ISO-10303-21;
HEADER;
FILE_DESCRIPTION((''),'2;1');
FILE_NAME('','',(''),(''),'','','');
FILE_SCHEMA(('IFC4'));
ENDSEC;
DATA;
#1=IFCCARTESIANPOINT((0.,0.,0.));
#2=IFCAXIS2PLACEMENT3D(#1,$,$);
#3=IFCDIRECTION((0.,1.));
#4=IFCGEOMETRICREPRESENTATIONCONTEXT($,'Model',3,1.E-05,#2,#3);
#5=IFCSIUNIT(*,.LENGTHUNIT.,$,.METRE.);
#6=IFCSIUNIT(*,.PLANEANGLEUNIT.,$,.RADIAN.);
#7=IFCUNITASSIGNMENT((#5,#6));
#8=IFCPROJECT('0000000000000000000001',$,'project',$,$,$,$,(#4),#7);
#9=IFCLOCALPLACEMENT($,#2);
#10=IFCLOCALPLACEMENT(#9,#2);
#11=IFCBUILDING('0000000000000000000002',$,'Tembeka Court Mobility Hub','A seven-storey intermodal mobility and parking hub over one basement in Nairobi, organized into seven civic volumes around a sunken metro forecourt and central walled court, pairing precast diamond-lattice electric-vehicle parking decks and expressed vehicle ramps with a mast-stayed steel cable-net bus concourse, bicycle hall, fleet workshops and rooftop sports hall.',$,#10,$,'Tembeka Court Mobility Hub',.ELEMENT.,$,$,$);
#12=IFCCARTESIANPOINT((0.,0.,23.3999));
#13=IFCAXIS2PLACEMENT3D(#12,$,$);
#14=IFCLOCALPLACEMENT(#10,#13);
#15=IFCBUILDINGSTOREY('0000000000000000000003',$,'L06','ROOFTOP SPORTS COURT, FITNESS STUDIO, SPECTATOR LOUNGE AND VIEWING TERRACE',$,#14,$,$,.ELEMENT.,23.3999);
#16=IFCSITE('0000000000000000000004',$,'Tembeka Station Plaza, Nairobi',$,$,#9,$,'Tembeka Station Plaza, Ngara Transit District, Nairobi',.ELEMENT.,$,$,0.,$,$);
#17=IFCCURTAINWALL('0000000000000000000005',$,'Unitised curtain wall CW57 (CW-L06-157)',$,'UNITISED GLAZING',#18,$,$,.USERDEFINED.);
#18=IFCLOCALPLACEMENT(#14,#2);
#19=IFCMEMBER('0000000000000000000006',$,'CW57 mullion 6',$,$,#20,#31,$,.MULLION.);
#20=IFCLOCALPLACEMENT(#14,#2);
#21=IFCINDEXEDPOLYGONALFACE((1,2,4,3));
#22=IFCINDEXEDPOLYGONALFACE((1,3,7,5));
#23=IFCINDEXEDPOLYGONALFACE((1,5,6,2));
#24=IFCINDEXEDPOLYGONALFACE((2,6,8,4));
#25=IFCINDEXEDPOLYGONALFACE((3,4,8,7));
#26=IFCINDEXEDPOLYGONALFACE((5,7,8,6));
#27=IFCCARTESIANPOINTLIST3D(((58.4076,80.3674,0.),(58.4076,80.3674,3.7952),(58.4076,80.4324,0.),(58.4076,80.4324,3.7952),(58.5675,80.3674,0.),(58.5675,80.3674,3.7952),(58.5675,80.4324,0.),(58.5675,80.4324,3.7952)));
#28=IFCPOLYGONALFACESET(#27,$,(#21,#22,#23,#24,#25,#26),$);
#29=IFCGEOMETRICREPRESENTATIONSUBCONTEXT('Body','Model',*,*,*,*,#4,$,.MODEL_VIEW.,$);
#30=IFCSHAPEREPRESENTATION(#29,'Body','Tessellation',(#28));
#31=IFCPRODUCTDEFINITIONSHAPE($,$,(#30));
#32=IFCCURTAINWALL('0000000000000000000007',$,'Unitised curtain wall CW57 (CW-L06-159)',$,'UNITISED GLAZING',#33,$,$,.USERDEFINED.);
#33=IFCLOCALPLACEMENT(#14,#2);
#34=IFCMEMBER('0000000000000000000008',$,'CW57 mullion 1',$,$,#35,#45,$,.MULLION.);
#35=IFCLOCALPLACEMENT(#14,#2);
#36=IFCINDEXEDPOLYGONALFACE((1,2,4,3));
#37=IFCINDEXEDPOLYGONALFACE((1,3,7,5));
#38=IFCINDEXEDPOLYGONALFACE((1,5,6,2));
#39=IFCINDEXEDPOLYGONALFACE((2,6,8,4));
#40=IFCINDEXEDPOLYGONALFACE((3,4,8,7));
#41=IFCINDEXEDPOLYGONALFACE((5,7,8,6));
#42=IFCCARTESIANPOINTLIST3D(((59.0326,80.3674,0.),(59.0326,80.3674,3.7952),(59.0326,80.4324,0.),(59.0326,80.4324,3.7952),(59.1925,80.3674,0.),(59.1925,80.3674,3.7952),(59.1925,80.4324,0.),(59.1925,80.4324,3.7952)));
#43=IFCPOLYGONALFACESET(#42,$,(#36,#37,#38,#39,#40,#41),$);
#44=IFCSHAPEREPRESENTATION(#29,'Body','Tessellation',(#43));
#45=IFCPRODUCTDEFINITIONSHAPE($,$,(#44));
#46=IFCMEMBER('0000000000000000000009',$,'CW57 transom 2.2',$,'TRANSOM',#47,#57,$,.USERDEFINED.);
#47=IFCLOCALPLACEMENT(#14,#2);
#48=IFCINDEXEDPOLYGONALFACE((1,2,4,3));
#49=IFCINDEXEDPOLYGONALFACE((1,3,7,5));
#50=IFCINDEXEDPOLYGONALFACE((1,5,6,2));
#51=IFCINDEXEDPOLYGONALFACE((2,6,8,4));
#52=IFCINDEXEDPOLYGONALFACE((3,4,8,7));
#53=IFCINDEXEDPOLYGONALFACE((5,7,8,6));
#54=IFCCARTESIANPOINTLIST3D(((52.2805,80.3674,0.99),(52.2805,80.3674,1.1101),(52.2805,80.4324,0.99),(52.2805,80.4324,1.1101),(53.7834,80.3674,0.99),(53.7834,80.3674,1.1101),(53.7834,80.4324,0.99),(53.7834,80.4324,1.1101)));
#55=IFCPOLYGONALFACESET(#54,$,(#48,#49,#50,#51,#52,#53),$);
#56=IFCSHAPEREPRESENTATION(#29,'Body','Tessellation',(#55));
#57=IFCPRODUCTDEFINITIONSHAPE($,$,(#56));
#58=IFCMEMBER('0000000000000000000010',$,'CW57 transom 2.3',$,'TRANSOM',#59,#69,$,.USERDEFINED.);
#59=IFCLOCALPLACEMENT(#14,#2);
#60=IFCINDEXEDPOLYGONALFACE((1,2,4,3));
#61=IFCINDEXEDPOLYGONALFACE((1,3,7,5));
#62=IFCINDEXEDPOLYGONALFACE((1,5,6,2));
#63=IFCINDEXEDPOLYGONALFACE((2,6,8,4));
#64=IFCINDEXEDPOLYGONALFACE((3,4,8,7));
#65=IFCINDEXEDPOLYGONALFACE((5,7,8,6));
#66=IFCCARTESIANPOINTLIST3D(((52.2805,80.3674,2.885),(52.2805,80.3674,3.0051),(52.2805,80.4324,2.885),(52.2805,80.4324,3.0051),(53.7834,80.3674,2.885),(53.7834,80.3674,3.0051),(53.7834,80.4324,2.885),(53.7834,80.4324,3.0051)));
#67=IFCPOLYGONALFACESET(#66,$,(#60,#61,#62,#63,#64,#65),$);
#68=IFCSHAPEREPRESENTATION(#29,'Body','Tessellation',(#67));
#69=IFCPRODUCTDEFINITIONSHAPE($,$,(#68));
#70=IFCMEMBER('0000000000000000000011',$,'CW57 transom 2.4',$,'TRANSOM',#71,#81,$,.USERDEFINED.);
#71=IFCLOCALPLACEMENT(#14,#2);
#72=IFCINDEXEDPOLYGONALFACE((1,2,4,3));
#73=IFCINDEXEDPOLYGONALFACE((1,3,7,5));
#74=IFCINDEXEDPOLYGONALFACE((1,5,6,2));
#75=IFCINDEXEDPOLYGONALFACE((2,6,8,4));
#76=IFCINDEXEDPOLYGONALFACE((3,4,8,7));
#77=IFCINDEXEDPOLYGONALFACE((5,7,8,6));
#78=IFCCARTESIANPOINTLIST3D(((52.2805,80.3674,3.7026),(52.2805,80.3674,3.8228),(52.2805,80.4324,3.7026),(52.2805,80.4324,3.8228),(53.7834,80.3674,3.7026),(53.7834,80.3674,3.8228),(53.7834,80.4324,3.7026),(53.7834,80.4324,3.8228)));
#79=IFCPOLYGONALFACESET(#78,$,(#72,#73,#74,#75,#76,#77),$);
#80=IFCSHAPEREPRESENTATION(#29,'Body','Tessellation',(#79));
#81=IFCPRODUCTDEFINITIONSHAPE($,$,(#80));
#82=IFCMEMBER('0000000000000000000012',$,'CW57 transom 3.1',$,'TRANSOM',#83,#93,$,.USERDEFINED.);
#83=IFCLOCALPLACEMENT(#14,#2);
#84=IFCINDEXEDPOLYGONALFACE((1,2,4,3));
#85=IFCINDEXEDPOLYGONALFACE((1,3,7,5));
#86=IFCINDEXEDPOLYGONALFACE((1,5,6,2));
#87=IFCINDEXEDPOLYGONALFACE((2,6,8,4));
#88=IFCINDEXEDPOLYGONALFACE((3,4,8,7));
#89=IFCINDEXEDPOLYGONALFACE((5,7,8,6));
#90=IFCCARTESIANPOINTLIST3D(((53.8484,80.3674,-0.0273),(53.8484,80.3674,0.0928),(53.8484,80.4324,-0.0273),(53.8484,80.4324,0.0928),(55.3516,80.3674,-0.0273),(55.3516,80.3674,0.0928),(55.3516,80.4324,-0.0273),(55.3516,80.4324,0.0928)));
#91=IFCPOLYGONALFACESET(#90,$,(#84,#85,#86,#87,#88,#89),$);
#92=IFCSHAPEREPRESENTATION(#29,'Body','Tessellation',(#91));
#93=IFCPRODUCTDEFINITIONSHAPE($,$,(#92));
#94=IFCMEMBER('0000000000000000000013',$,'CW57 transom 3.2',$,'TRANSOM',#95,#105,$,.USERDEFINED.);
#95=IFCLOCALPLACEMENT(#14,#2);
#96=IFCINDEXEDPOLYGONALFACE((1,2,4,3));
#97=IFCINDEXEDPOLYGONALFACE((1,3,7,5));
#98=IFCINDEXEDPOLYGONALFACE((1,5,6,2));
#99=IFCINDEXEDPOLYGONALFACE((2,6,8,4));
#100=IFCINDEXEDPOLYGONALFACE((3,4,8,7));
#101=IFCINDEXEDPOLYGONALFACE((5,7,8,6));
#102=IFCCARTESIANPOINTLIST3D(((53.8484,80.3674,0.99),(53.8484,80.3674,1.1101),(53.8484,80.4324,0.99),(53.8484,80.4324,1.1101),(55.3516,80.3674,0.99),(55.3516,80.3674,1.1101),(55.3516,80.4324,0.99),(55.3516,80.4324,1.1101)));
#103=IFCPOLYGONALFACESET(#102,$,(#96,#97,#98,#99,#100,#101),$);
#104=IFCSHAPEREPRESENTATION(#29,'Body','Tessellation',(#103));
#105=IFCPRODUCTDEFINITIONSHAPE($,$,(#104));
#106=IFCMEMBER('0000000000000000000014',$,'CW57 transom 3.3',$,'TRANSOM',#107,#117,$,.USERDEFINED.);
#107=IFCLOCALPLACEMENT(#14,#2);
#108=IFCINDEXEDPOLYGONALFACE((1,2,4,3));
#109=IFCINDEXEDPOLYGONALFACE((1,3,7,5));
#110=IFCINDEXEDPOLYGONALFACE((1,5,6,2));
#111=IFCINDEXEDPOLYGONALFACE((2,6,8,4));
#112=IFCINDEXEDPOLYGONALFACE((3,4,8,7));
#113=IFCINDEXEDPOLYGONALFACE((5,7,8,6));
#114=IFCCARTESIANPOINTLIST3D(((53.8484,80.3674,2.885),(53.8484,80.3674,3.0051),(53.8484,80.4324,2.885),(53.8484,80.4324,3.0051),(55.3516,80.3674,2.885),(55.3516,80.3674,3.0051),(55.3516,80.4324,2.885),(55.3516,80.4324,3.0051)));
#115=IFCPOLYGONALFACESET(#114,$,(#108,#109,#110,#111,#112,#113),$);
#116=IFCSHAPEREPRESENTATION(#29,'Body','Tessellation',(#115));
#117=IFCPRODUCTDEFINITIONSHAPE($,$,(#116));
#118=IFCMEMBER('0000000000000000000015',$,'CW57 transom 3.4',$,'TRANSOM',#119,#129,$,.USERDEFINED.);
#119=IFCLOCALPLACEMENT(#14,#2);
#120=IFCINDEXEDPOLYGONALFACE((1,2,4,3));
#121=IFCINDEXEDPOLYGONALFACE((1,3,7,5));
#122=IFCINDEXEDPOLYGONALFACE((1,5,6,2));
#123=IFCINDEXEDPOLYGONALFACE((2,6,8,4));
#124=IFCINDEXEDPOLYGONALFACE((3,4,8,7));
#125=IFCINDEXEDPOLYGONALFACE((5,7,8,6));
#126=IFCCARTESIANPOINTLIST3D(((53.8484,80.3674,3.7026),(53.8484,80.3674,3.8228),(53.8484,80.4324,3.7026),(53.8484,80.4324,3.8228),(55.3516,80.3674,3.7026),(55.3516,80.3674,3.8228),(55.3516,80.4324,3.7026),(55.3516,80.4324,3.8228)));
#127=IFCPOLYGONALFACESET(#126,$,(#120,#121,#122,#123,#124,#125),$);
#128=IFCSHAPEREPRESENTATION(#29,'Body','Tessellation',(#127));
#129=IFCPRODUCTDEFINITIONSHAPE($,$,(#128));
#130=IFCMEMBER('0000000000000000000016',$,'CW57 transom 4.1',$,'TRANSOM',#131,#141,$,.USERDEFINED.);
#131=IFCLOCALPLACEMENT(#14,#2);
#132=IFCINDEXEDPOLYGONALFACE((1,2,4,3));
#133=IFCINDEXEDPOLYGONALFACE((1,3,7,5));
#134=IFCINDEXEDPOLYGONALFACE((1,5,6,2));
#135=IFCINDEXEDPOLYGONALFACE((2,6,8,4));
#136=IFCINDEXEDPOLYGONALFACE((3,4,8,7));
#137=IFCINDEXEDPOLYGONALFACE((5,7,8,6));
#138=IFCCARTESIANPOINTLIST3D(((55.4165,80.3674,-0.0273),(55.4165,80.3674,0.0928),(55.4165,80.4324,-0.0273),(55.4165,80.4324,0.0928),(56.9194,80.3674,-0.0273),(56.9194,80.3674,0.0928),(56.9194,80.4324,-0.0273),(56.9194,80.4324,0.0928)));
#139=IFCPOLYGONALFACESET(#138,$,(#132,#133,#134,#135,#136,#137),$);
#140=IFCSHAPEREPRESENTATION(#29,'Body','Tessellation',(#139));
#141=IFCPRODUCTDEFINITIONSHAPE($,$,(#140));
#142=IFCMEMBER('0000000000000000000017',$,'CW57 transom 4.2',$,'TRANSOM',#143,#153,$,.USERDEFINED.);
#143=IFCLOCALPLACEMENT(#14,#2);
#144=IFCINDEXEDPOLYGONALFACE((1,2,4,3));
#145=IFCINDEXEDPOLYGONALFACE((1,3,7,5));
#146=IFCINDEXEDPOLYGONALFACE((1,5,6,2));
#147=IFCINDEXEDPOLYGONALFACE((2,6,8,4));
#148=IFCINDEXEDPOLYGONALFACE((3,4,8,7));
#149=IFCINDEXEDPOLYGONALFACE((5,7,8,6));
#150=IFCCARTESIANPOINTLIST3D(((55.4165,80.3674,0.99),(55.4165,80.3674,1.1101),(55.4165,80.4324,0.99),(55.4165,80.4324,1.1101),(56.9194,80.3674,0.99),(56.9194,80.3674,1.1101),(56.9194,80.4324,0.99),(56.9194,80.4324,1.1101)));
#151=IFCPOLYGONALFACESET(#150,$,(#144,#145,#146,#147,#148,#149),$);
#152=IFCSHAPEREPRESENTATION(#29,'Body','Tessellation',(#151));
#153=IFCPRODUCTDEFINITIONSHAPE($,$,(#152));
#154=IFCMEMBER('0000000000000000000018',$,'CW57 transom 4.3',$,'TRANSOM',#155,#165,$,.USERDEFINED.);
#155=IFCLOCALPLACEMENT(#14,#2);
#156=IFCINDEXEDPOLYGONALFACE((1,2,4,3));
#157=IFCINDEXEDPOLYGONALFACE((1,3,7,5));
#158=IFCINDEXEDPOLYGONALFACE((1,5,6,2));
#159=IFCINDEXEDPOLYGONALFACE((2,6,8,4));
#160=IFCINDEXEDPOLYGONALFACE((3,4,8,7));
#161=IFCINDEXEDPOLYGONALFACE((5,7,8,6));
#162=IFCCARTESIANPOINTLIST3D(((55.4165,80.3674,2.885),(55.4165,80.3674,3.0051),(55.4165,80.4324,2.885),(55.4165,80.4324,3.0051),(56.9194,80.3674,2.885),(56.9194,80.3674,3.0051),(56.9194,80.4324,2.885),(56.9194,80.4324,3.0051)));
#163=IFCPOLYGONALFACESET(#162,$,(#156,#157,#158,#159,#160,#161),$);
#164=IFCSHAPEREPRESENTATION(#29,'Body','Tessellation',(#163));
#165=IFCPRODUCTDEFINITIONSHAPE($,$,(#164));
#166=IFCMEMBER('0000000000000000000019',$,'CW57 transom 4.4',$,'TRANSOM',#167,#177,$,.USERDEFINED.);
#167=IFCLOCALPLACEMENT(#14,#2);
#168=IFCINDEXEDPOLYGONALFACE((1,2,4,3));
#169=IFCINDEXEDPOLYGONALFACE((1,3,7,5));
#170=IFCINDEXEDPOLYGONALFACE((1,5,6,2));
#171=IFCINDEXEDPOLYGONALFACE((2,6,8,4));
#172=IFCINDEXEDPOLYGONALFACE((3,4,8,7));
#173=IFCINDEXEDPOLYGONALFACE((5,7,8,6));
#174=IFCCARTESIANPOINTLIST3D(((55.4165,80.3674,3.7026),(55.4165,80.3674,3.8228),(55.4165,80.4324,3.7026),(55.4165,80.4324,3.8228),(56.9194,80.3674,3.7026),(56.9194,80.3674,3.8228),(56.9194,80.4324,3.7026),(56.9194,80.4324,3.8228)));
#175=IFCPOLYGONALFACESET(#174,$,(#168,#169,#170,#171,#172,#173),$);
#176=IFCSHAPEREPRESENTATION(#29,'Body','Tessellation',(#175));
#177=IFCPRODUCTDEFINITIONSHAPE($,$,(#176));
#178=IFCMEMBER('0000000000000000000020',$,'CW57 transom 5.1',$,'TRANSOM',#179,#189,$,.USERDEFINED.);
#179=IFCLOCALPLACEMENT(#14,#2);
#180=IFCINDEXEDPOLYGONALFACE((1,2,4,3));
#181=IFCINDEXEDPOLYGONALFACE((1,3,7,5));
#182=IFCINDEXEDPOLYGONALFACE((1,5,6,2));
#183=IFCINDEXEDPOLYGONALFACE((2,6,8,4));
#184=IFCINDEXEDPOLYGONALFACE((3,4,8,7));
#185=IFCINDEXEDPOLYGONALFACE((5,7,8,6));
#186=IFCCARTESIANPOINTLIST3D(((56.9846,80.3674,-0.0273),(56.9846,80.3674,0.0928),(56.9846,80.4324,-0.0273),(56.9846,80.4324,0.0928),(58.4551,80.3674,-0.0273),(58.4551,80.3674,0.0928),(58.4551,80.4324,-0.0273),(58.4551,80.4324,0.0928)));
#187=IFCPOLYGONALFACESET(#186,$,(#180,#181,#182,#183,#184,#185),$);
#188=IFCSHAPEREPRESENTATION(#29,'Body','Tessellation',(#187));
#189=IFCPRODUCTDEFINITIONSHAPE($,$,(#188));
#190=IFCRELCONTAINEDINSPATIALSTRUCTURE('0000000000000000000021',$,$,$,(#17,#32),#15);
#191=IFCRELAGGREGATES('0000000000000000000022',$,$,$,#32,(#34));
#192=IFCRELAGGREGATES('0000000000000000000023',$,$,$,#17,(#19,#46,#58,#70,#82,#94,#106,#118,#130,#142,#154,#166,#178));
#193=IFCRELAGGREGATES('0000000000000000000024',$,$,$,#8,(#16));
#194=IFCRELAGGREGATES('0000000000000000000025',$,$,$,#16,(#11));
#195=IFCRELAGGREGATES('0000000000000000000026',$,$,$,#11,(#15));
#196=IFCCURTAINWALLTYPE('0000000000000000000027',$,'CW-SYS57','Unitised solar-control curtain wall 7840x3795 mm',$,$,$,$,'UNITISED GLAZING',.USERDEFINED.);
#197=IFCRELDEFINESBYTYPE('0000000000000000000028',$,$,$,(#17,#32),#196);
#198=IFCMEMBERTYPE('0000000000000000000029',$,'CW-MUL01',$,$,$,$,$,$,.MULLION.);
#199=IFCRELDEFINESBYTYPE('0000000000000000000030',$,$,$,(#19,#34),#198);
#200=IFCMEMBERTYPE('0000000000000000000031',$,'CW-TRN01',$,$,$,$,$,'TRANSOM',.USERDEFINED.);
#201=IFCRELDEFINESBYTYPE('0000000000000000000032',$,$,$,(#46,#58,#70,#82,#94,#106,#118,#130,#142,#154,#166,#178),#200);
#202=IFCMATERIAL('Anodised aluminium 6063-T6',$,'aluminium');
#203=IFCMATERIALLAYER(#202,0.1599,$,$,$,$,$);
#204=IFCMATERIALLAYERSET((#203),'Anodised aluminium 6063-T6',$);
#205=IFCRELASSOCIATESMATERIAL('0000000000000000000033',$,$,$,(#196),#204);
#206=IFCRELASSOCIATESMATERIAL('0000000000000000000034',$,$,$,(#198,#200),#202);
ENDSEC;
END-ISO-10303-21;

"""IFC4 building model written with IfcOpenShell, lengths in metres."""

from ifc_helpers import new_model, si_unit, direction, frame, origin, origin_2d, place, context, subcontext, project, spatial, rectangle, extrude, material, layer, layer_set, material_profile, profile_set, type_object, element, aggregate, save


model = new_model("IFC4")

# Units and contexts
model_context = context("Model", 3, precision=1e-05, world=origin(), true_north=direction((0.0, 1.0)))
body_context = subcontext(model_context, "Body", "Model", "MODEL_VIEW")
ifc_project = project(units=[si_unit("LENGTHUNIT", "METRE"), si_unit("PLANEANGLEUNIT", "RADIAN")], contexts=[model_context])

# Site, building, storey
site_placement = place(None, origin())
site = spatial("IfcSite", under=ifc_project, at=site_placement, Name="Tembeka Station Plaza, Nairobi", LongName="Tembeka Station Plaza, Ngara Transit District, Nairobi", CompositionType="ELEMENT", RefElevation=0.0)
building_placement = place(site_placement, origin())
building = spatial("IfcBuilding", under=site, at=building_placement, Name="Tembeka Court Mobility Hub", Description="A seven-storey intermodal mobility and parking hub over one basement in Nairobi, organized into seven civic volumes around a sunken metro forecourt and central walled court, pairing precast diamond-lattice electric-vehicle parking decks and expressed vehicle ramps with a mast-stayed steel cable-net bus concourse, bicycle hall, fleet workshops and rooftop sports hall.", LongName="Tembeka Court Mobility Hub", CompositionType="ELEMENT")
storey_placement = place(building_placement, frame((0.0, 0.0, 23.3999)))
storey = spatial("IfcBuildingStorey", under=building, at=storey_placement, Name="L06", Description="ROOFTOP SPORTS COURT, FITNESS STUDIO, SPECTATOR LOUNGE AND VIEWING TERRACE", CompositionType="ELEMENT", Elevation=23.3999)

# Curtain wall, member
ifc_material_1 = material(Name="Anodised aluminium 6063-T6", Category="aluminium")
ifc_layer_1 = layer(ifc_material_1, 0.1599)
ifc_layer_set_1 = layer_set([ifc_layer_1], Name="Anodised aluminium 6063-T6")
curtain_wall_type = type_object("IfcCurtainWallType", Name="CW-SYS57", Description="Unitised solar-control curtain wall 7840x3795 mm", ElementType="UNITISED GLAZING", PredefinedType="USERDEFINED", material=ifc_layer_set_1)
curtain_wall_1_placement = place(storey_placement, origin())
curtain_wall_1 = element("IfcCurtainWall", 1, at=curtain_wall_1_placement, inside=storey, type_object=curtain_wall_type, Name="Unitised curtain wall CW57 (CW-L06-157)", ObjectType="UNITISED GLAZING", PredefinedType="USERDEFINED")
ifc_material_profile_1 = material_profile(ifc_material_1, rectangle(XDim=0.0649, YDim=0.1599, at=origin_2d()), Name="ALU-MUL 65x160")
ifc_profile_set_1 = profile_set([ifc_material_profile_1], Name="Anodised aluminium 6063-T6")
member_type_1 = type_object("IfcMemberType", Name="CW-MUL01", PredefinedType="MULLION", material=ifc_profile_set_1)
member_1_placement = place(storey_placement, frame((58.4875, 80.3999, 0.0), z_axis=(0.0, 0.0, 1.0), x_axis=(0.0, 1.0, 0.0)))
member_1 = element("IfcMember", 2, at=member_1_placement, type_object=member_type_1, Name="CW57 mullion 6", PredefinedType="MULLION", context=body_context, shape_type="SweptSolid", body=[
    extrude(rectangle(XDim=0.0649, YDim=0.1599, at=origin_2d()), origin(), (0.0, 0.0, 1.0), 3.7952),
])

# Curtain wall, member
curtain_wall_2_placement = place(storey_placement, origin())
curtain_wall_2 = element("IfcCurtainWall", 3, at=curtain_wall_2_placement, inside=storey, type_object=curtain_wall_type, Name="Unitised curtain wall CW57 (CW-L06-159)", ObjectType="UNITISED GLAZING", PredefinedType="USERDEFINED")
member_2_placement = place(storey_placement, frame((59.1125, 80.3999, 0.0), z_axis=(0.0, 0.0, 1.0), x_axis=(0.0, 1.0, 0.0)))
member_2 = element("IfcMember", 4, at=member_2_placement, type_object=member_type_1, Name="CW57 mullion 1", PredefinedType="MULLION", context=body_context, shape_type="SweptSolid", body=[
    extrude(rectangle(XDim=0.0649, YDim=0.1599, at=origin_2d()), origin(), (0.0, 0.0, 1.0), 3.7952),
])

# Members
ifc_material_profile_2 = material_profile(ifc_material_1, rectangle(XDim=0.0649, YDim=0.1201, at=origin_2d()), Name="ALU-TRN 65x120")
ifc_profile_set_2 = profile_set([ifc_material_profile_2], Name="Anodised aluminium 6063-T6")
member_type_2 = type_object("IfcMemberType", Name="CW-TRN01", ElementType="TRANSOM", PredefinedType="USERDEFINED", material=ifc_profile_set_2)
member_3_placement = place(storey_placement, frame((52.2805, 80.3999, 1.05), z_axis=(1.0, 0.0, 0.0), x_axis=(0.0, 1.0, 0.0)))
member_3 = element("IfcMember", 5, at=member_3_placement, type_object=member_type_2, Name="CW57 transom 2.2", ObjectType="TRANSOM", PredefinedType="USERDEFINED", context=body_context, shape_type="SweptSolid", body=[
    extrude(rectangle(XDim=0.0649, YDim=0.1201, at=origin_2d()), origin(), (0.0, 0.0, 1.0), 1.5029),
])
member_4_placement = place(storey_placement, frame((52.2805, 80.3999, 2.9451), z_axis=(1.0, 0.0, 0.0), x_axis=(0.0, 1.0, 0.0)))
member_4 = element("IfcMember", 6, at=member_4_placement, type_object=member_type_2, Name="CW57 transom 2.3", ObjectType="TRANSOM", PredefinedType="USERDEFINED", context=body_context, shape_type="SweptSolid", body=[
    extrude(rectangle(XDim=0.0649, YDim=0.1201, at=origin_2d()), origin(), (0.0, 0.0, 1.0), 1.5029),
])
member_5_placement = place(storey_placement, frame((52.2805, 80.3999, 3.7627), z_axis=(1.0, 0.0, 0.0), x_axis=(0.0, 1.0, 0.0)))
member_5 = element("IfcMember", 7, at=member_5_placement, type_object=member_type_2, Name="CW57 transom 2.4", ObjectType="TRANSOM", PredefinedType="USERDEFINED", context=body_context, shape_type="SweptSolid", body=[
    extrude(rectangle(XDim=0.0649, YDim=0.1201, at=origin_2d()), origin(), (0.0, 0.0, 1.0), 1.5029),
])
member_6_placement = place(storey_placement, frame((53.8484, 80.3999, 0.0327), z_axis=(1.0, 0.0, 0.0), x_axis=(0.0, 1.0, 0.0)))
member_6 = element("IfcMember", 8, at=member_6_placement, type_object=member_type_2, Name="CW57 transom 3.1", ObjectType="TRANSOM", PredefinedType="USERDEFINED", context=body_context, shape_type="SweptSolid", body=[
    extrude(rectangle(XDim=0.0649, YDim=0.1201, at=origin_2d()), origin(), (0.0, 0.0, 1.0), 1.5032),
])
member_7_placement = place(storey_placement, frame((53.8484, 80.3999, 1.05), z_axis=(1.0, 0.0, 0.0), x_axis=(0.0, 1.0, 0.0)))
member_7 = element("IfcMember", 9, at=member_7_placement, type_object=member_type_2, Name="CW57 transom 3.2", ObjectType="TRANSOM", PredefinedType="USERDEFINED", context=body_context, shape_type="SweptSolid", body=[
    extrude(rectangle(XDim=0.0649, YDim=0.1201, at=origin_2d()), origin(), (0.0, 0.0, 1.0), 1.5032),
])
member_8_placement = place(storey_placement, frame((53.8484, 80.3999, 2.9451), z_axis=(1.0, 0.0, 0.0), x_axis=(0.0, 1.0, 0.0)))
member_8 = element("IfcMember", 10, at=member_8_placement, type_object=member_type_2, Name="CW57 transom 3.3", ObjectType="TRANSOM", PredefinedType="USERDEFINED", context=body_context, shape_type="SweptSolid", body=[
    extrude(rectangle(XDim=0.0649, YDim=0.1201, at=origin_2d()), origin(), (0.0, 0.0, 1.0), 1.5032),
])
member_9_placement = place(storey_placement, frame((53.8484, 80.3999, 3.7627), z_axis=(1.0, 0.0, 0.0), x_axis=(0.0, 1.0, 0.0)))
member_9 = element("IfcMember", 11, at=member_9_placement, type_object=member_type_2, Name="CW57 transom 3.4", ObjectType="TRANSOM", PredefinedType="USERDEFINED", context=body_context, shape_type="SweptSolid", body=[
    extrude(rectangle(XDim=0.0649, YDim=0.1201, at=origin_2d()), origin(), (0.0, 0.0, 1.0), 1.5032),
])
member_10_placement = place(storey_placement, frame((55.4165, 80.3999, 0.0327), z_axis=(1.0, 0.0, 0.0), x_axis=(0.0, 1.0, 0.0)))
member_10 = element("IfcMember", 12, at=member_10_placement, type_object=member_type_2, Name="CW57 transom 4.1", ObjectType="TRANSOM", PredefinedType="USERDEFINED", context=body_context, shape_type="SweptSolid", body=[
    extrude(rectangle(XDim=0.0649, YDim=0.1201, at=origin_2d()), origin(), (0.0, 0.0, 1.0), 1.5029),
])
member_11_placement = place(storey_placement, frame((55.4165, 80.3999, 1.05), z_axis=(1.0, 0.0, 0.0), x_axis=(0.0, 1.0, 0.0)))
member_11 = element("IfcMember", 13, at=member_11_placement, type_object=member_type_2, Name="CW57 transom 4.2", ObjectType="TRANSOM", PredefinedType="USERDEFINED", context=body_context, shape_type="SweptSolid", body=[
    extrude(rectangle(XDim=0.0649, YDim=0.1201, at=origin_2d()), origin(), (0.0, 0.0, 1.0), 1.5029),
])
member_12_placement = place(storey_placement, frame((55.4165, 80.3999, 2.9451), z_axis=(1.0, 0.0, 0.0), x_axis=(0.0, 1.0, 0.0)))
member_12 = element("IfcMember", 14, at=member_12_placement, type_object=member_type_2, Name="CW57 transom 4.3", ObjectType="TRANSOM", PredefinedType="USERDEFINED", context=body_context, shape_type="SweptSolid", body=[
    extrude(rectangle(XDim=0.0649, YDim=0.1201, at=origin_2d()), origin(), (0.0, 0.0, 1.0), 1.5029),
])
member_13_placement = place(storey_placement, frame((55.4165, 80.3999, 3.7627), z_axis=(1.0, 0.0, 0.0), x_axis=(0.0, 1.0, 0.0)))
member_13 = element("IfcMember", 15, at=member_13_placement, type_object=member_type_2, Name="CW57 transom 4.4", ObjectType="TRANSOM", PredefinedType="USERDEFINED", context=body_context, shape_type="SweptSolid", body=[
    extrude(rectangle(XDim=0.0649, YDim=0.1201, at=origin_2d()), origin(), (0.0, 0.0, 1.0), 1.5029),
])
member_14_placement = place(storey_placement, frame((56.9846, 80.3999, 0.0327), z_axis=(1.0, 0.0, 0.0), x_axis=(0.0, 1.0, 0.0)))
member_14 = element("IfcMember", 16, at=member_14_placement, type_object=member_type_2, Name="CW57 transom 5.1", ObjectType="TRANSOM", PredefinedType="USERDEFINED", context=body_context, shape_type="SweptSolid", body=[
    extrude(rectangle(XDim=0.0649, YDim=0.1201, at=origin_2d()), origin(), (0.0, 0.0, 1.0), 1.4705),
])
aggregate(curtain_wall_2, [member_2])

aggregate(curtain_wall_1, [member_1, member_3, member_4, member_5, member_6, member_7, member_8, member_9, member_10, member_11, member_12, member_13, member_14])

save(model, "model.ifc")
